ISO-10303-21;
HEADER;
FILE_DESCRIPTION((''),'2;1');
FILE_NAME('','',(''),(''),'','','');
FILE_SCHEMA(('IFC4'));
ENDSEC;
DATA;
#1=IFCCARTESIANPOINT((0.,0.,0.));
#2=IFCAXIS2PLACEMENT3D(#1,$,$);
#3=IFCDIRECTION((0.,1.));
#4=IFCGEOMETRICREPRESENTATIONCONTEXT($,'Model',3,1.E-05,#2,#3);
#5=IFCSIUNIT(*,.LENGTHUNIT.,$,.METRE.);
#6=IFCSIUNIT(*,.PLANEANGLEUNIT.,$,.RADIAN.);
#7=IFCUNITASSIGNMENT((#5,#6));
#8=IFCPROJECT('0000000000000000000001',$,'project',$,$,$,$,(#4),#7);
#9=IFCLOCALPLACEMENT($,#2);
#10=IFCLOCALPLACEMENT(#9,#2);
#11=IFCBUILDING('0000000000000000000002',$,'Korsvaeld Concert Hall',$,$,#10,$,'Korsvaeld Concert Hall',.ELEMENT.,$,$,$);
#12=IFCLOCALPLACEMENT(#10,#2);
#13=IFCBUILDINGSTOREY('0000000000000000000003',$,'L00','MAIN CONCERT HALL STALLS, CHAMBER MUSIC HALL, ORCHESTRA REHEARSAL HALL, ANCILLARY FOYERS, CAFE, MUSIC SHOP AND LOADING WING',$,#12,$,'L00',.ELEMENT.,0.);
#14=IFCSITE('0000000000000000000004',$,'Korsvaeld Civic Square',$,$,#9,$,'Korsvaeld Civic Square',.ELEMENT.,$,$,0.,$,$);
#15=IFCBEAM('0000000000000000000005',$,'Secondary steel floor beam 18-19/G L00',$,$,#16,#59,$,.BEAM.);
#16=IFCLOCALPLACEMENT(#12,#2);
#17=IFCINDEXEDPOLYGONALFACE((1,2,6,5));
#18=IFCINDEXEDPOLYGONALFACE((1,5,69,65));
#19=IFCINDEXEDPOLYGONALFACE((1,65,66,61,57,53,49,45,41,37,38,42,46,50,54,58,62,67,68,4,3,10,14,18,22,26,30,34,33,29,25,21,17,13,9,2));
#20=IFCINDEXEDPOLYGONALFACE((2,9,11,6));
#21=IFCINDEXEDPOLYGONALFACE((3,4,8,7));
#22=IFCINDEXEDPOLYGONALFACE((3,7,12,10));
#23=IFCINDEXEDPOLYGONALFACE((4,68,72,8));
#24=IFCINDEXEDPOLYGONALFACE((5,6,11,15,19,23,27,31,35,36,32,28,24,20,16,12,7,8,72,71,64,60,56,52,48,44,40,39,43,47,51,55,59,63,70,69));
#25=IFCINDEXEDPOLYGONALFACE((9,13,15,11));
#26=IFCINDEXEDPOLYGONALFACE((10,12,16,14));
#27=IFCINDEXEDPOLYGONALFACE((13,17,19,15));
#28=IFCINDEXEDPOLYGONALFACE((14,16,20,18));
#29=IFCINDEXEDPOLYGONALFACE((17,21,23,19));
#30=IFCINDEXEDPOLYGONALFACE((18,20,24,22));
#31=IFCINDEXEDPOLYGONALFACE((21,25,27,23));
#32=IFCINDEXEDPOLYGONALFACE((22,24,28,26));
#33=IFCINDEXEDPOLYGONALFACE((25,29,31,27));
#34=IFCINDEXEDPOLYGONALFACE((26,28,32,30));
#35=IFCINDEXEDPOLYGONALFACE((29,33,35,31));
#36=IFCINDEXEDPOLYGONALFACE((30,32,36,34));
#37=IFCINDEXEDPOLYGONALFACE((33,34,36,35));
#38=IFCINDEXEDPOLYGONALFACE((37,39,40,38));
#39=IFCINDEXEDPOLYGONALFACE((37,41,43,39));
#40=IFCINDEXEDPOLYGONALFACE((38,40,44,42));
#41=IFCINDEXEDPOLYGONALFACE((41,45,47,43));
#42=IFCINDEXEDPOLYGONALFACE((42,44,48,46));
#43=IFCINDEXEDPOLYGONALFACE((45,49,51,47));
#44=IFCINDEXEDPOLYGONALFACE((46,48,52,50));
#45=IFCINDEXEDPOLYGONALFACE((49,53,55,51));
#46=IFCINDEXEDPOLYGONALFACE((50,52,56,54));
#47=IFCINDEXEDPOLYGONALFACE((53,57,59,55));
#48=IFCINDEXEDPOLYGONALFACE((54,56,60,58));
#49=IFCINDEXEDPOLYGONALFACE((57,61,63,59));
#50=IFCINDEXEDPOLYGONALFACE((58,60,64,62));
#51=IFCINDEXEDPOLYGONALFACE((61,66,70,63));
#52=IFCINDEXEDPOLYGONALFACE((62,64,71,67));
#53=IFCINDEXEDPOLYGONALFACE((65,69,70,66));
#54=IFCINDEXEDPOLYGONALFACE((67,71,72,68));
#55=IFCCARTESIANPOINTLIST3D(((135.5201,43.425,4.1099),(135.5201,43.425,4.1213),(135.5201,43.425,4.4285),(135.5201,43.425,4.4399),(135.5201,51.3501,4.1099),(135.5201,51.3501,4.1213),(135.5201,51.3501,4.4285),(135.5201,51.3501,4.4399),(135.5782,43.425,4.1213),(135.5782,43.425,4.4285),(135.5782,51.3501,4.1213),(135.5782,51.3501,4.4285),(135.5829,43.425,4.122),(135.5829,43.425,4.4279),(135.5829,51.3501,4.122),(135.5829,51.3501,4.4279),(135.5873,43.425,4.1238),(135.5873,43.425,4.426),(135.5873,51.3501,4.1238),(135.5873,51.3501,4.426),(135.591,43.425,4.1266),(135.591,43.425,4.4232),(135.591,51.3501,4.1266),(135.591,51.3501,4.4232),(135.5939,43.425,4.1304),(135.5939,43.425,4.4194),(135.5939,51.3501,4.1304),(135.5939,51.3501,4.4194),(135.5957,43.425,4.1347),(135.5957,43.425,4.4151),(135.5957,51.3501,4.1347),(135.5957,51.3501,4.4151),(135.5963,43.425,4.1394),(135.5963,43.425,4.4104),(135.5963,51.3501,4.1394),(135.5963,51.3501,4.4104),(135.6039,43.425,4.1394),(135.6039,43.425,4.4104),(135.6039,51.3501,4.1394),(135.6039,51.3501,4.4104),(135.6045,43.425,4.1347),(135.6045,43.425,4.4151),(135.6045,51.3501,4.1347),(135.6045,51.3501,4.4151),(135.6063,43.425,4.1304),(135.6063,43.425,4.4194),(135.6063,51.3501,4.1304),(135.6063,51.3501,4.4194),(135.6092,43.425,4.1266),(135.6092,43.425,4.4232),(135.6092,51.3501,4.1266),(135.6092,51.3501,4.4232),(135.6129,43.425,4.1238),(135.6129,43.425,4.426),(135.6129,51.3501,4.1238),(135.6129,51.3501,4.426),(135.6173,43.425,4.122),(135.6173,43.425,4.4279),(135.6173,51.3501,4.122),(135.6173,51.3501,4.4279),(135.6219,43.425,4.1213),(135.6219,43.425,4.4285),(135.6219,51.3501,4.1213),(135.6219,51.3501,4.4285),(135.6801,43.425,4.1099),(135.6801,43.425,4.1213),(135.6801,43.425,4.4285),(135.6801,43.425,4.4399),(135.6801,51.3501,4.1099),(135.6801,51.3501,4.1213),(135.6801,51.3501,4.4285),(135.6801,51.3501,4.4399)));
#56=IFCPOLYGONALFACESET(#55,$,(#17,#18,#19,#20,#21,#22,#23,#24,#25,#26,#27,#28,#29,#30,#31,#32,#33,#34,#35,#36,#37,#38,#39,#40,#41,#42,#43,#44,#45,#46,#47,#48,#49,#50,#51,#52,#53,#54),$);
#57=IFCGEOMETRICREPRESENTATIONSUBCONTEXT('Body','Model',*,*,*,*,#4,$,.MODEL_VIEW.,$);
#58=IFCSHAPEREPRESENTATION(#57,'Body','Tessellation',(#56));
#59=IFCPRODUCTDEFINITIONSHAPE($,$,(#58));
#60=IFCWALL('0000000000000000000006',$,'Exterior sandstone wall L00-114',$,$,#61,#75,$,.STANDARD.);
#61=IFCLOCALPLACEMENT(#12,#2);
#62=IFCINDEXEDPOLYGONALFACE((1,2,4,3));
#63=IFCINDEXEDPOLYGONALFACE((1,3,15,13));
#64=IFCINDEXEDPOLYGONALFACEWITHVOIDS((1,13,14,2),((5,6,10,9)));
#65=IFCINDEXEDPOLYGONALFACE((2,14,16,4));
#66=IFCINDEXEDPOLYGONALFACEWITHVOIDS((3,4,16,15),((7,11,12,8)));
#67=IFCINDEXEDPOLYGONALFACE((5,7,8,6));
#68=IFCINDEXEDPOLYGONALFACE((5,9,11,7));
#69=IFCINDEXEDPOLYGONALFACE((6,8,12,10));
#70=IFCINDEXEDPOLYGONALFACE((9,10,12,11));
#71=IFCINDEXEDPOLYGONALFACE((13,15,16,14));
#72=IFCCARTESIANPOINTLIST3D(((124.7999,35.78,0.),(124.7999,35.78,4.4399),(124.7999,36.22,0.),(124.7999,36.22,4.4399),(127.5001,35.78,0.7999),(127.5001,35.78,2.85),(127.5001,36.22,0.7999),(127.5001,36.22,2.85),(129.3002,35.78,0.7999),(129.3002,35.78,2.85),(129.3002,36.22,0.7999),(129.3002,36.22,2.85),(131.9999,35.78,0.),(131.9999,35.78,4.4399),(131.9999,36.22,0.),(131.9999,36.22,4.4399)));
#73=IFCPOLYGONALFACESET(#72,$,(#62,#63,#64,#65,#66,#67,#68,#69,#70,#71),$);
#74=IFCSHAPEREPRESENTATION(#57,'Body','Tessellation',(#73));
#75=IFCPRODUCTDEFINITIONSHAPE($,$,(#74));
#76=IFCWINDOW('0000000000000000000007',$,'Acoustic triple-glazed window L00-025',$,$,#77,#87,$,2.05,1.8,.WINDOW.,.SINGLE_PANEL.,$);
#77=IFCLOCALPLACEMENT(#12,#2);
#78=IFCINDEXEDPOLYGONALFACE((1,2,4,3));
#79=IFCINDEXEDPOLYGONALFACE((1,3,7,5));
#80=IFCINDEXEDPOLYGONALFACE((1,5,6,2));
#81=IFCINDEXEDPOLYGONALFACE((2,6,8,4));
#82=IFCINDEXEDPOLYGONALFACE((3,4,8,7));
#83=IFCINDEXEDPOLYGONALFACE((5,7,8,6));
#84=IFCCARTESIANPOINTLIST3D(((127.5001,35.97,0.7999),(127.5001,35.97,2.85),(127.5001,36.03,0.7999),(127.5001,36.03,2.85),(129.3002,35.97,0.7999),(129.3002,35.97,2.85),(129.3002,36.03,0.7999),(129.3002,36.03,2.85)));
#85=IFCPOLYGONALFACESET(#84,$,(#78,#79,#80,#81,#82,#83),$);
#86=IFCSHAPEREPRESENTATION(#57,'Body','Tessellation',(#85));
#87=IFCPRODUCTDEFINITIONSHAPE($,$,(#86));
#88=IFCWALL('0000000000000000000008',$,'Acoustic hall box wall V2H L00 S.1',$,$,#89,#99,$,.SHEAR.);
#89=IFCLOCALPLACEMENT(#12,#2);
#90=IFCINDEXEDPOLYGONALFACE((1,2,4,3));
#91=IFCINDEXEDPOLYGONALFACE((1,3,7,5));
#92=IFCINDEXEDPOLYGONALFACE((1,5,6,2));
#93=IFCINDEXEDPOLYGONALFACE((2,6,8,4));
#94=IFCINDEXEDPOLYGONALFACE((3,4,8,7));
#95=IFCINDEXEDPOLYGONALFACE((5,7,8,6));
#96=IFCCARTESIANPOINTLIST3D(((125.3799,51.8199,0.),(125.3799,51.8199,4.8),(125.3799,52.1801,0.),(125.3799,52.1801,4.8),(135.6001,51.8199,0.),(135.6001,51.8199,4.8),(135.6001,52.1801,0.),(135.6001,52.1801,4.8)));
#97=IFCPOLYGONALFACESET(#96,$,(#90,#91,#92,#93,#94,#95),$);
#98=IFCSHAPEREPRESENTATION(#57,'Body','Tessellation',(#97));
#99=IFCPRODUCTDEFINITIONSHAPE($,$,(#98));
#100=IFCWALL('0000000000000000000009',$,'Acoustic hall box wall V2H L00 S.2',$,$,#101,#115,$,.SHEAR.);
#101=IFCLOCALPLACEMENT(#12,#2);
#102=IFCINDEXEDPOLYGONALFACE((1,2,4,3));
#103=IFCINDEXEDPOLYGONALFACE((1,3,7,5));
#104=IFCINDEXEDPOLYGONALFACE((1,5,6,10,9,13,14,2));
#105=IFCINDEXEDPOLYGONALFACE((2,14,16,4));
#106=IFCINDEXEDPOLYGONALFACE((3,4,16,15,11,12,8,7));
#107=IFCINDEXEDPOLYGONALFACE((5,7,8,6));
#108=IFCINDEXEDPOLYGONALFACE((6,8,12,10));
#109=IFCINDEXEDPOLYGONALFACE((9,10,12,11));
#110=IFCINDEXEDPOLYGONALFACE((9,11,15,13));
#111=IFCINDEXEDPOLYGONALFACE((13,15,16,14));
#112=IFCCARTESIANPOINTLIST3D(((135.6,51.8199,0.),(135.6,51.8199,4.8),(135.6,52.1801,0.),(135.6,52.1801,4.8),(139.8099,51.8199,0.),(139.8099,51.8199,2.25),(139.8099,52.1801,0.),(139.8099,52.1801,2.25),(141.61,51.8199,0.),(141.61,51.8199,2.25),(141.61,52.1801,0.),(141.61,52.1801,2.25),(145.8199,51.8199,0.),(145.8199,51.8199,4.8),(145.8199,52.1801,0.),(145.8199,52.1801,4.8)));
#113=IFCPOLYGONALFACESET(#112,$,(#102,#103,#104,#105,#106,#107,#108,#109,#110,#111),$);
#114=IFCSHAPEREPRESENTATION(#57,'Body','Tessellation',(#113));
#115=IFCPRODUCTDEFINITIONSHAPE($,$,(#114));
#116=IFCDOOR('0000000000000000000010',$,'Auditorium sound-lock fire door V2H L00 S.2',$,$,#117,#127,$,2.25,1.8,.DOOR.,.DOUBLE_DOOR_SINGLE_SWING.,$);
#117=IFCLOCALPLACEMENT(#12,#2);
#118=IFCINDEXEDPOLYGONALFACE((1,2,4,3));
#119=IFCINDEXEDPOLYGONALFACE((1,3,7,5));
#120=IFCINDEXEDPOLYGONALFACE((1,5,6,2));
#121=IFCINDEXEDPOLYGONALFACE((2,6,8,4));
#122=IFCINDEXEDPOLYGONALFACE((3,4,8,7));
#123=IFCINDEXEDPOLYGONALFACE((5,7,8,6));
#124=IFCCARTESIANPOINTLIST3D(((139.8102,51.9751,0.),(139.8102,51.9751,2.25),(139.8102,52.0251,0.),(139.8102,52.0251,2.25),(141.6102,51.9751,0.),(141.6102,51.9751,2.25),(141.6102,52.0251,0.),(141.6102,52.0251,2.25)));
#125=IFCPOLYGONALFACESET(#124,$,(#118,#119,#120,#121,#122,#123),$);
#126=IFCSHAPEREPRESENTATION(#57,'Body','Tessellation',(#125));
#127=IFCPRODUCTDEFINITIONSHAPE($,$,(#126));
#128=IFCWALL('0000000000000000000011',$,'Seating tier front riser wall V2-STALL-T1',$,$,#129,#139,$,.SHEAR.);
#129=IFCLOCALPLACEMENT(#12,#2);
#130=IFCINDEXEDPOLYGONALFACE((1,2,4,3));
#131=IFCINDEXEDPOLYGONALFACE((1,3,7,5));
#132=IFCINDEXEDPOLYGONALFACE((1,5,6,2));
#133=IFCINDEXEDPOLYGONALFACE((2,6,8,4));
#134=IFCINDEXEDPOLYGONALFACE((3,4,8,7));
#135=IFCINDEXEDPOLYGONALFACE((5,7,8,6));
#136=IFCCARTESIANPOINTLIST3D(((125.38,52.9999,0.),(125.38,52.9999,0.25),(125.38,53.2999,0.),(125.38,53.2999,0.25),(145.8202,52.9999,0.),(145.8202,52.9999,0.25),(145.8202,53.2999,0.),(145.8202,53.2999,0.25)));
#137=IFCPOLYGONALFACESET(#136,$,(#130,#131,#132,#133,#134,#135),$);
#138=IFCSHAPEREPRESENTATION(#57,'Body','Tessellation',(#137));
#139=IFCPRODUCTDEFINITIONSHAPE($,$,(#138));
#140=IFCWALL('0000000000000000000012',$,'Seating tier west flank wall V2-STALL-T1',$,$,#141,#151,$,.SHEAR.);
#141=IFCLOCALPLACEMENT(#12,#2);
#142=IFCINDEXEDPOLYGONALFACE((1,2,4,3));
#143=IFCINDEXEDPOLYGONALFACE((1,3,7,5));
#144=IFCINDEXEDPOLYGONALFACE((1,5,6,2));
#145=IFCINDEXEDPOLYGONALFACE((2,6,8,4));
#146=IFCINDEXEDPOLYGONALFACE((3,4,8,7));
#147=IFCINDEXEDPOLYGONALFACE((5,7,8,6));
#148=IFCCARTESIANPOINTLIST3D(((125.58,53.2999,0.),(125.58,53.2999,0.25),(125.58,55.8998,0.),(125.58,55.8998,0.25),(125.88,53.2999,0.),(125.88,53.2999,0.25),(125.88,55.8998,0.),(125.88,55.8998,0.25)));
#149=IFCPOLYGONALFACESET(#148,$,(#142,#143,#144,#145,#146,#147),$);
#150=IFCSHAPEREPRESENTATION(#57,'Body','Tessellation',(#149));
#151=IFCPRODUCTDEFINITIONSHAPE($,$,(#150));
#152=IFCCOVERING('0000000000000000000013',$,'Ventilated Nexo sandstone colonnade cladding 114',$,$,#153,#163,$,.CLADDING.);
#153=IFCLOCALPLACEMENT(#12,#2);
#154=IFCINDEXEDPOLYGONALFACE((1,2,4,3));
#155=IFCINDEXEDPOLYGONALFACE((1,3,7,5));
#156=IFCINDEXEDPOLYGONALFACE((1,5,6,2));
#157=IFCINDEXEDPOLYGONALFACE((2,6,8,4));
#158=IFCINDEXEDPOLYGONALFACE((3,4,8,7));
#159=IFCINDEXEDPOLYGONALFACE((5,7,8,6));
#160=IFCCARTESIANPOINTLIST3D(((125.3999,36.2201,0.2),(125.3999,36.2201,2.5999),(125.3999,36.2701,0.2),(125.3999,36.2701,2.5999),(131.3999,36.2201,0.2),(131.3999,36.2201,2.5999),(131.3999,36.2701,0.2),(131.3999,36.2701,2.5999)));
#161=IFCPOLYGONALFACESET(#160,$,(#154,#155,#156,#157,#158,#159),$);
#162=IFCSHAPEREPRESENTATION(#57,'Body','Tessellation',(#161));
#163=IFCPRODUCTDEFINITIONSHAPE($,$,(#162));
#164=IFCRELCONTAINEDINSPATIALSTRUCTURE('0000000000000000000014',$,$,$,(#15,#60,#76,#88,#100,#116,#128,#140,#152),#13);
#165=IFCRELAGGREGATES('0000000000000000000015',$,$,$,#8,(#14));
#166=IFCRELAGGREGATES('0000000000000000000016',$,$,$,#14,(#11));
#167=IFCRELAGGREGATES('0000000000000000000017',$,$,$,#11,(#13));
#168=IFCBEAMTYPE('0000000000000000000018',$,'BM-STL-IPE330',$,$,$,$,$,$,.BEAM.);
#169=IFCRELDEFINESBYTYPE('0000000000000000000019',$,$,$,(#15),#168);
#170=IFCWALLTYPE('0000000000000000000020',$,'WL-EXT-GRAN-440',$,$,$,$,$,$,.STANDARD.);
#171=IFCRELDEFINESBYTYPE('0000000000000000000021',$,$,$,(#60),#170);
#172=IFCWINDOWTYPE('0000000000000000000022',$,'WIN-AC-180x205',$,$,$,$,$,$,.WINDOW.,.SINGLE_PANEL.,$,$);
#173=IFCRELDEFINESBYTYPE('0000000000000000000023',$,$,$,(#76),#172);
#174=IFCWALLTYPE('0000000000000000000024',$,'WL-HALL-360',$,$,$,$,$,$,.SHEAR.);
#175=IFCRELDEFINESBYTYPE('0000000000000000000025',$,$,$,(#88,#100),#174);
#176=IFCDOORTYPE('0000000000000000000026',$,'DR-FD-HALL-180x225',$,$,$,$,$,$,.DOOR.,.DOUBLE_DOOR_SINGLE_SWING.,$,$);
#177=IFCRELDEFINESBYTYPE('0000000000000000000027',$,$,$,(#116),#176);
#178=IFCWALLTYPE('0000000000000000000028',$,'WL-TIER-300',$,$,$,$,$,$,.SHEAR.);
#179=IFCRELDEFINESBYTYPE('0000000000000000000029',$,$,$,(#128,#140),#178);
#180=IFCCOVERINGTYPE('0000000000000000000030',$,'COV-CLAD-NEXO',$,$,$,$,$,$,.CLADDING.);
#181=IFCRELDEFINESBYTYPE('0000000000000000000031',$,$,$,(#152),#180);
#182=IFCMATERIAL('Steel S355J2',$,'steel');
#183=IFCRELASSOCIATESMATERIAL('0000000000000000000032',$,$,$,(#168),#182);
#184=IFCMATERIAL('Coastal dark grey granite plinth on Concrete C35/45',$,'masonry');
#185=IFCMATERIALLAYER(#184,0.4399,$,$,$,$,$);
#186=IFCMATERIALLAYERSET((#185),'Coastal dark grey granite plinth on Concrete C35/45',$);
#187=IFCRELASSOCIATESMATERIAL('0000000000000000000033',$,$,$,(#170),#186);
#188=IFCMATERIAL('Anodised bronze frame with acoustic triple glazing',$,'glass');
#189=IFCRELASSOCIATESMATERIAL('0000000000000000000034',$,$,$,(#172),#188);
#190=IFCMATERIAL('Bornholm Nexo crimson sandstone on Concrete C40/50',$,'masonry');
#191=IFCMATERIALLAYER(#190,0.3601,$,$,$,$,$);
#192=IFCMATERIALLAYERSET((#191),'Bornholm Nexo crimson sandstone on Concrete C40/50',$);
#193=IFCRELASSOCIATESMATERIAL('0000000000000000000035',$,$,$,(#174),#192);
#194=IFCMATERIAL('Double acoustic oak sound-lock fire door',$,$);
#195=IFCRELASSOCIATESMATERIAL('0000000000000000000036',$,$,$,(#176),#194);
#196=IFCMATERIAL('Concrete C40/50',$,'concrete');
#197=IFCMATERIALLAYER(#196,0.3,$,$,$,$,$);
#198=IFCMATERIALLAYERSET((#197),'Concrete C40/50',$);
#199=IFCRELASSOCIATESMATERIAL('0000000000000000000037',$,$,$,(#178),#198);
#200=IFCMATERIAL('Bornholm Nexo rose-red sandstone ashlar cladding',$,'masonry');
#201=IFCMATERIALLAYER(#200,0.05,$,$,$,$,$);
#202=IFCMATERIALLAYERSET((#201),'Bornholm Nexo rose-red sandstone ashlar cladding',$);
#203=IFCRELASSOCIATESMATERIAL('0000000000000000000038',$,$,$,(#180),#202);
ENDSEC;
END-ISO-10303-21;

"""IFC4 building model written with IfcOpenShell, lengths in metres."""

from ifc_helpers import new_model, si_unit, direction, frame, frame_2d, origin, origin_2d, place, context, subcontext, project, spatial, rectangle, i_section, extrude, material, layer, layer_set, material_profile, profile_set, type_object, element, fill, save


model = new_model("IFC4")

# Units and contexts
model_context = context("Model", 3, precision=1e-05, world=origin(), true_north=direction((0.0, 1.0)))
body_context = subcontext(model_context, "Body", "Model", "MODEL_VIEW")
ifc_project = project(units=[si_unit("LENGTHUNIT", "METRE"), si_unit("PLANEANGLEUNIT", "RADIAN")], contexts=[model_context])

# Site, building, storey
site_placement = place(None, origin())
site = spatial("IfcSite", under=ifc_project, at=site_placement, Name="Korsvaeld Civic Square", LongName="Korsvaeld Civic Square", CompositionType="ELEMENT", RefElevation=0.0)
building_placement = place(site_placement, origin())
building = spatial("IfcBuilding", under=site, at=building_placement, Name="Korsvaeld Concert Hall", LongName="Korsvaeld Concert Hall", CompositionType="ELEMENT")
storey_placement = place(building_placement, origin())
storey = spatial("IfcBuildingStorey", under=building, at=storey_placement, Name="L00", Description="MAIN CONCERT HALL STALLS, CHAMBER MUSIC HALL, ORCHESTRA REHEARSAL HALL, ANCILLARY FOYERS, CAFE, MUSIC SHOP AND LOADING WING", LongName="L00", CompositionType="ELEMENT", Elevation=0.0)

# Shared definitions
ifc_material_1 = material(Name="Concrete C40/50", Category="concrete")

# Beam
ifc_material_2 = material(Name="Steel S355J2", Category="steel")
ifc_material_profile_1 = material_profile(ifc_material_2, i_section(OverallWidth=0.1599, OverallDepth=0.3301, WebThickness=0.0076, FlangeThickness=0.0115, FilletRadius=0.0181, at=origin_2d()), Name="IPE 330")
ifc_profile_set_1 = profile_set([ifc_material_profile_1], Name="Steel S355J2")
beam_type_1 = type_object("IfcBeamType", Name="BM-STL-IPE330", PredefinedType="BEAM", material=ifc_profile_set_1)
beam_1_placement = place(storey_placement, frame((135.6001, 43.425, 4.2749), z_axis=(0.0, 1.0, 0.0), x_axis=(-1.0, 0.0, 0.0)))
element("IfcBeam", 1, at=beam_1_placement, inside=storey, type_object=beam_type_1, Name="Secondary steel floor beam 18-19/G L00", PredefinedType="BEAM", context=body_context, shape_type="SweptSolid", body=[
    extrude(i_section(OverallWidth=0.1599, OverallDepth=0.3301, WebThickness=0.0076, FlangeThickness=0.0115, FilletRadius=0.0181, at=origin_2d()), origin(), (0.0, 0.0, 1.0), 7.925),
])

# Wall, opening, window
ifc_material_3 = material(Name="Coastal dark grey granite plinth on Concrete C35/45", Category="masonry")
ifc_layer_1 = layer(ifc_material_3, 0.4399)
ifc_layer_set_1 = layer_set([ifc_layer_1], Name="Coastal dark grey granite plinth on Concrete C35/45")
wall_type_1 = type_object("IfcWallType", Name="WL-EXT-GRAN-440", PredefinedType="STANDARD", material=ifc_layer_set_1)
wall_1_placement = place(storey_placement, frame((132.0, 36.0, 0.0), z_axis=(0.0, 0.0, 1.0), x_axis=(-1.0, 0.0, 0.0)))
wall_1 = element("IfcWall", 2, at=wall_1_placement, inside=storey, type_object=wall_type_1, Name="Exterior sandstone wall L00-114", PredefinedType="STANDARD", context=body_context, shape_type="SweptSolid", body=[
    extrude(rectangle(XDim=7.2, YDim=0.4399, at=frame_2d((3.6001, 0.0))), origin(), (0.0, 0.0, 1.0), 4.4399),
])
opening_1_placement = place(wall_1_placement, frame((2.7, 0.0, 0.8)))
opening_1 = element("IfcOpeningElement", 3, at=opening_1_placement, cuts=wall_1, PredefinedType="OPENING", context=body_context, shape_type="SweptSolid", body=[
    extrude(rectangle(XDim=1.8, YDim=2.05, at=frame_2d((0.8999, 1.0249))), frame((0.0, 0.23, 0.0), z_axis=(0.0, -1.0, 0.0), x_axis=(1.0, 0.0, 0.0)), (0.0, 0.0, 1.0), 0.46),
])
ifc_material_4 = material(Name="Anodised bronze frame with acoustic triple glazing", Category="glass")
window_type = type_object("IfcWindowType", Name="WIN-AC-180x205", PartitioningType="SINGLE_PANEL", PredefinedType="WINDOW", material=ifc_material_4)
window_placement = place(opening_1_placement, origin())
window = element("IfcWindow", 4, at=window_placement, inside=storey, type_object=window_type, Name="Acoustic triple-glazed window L00-025", OverallHeight=2.05, OverallWidth=1.8, PartitioningType="SINGLE_PANEL", PredefinedType="WINDOW", context=body_context, shape_type="SweptSolid", body=[
    extrude(rectangle(XDim=1.8, YDim=2.05, at=frame_2d((0.8999, 1.0249))), frame((0.0, 0.03, 0.0), z_axis=(0.0, -1.0, 0.0), x_axis=(1.0, 0.0, 0.0)), (0.0, 0.0, 1.0), 0.0601),
])
fill(opening_1, window)

# Wall
ifc_material_5 = material(Name="Bornholm Nexo crimson sandstone on Concrete C40/50", Category="masonry")
ifc_layer_2 = layer(ifc_material_5, 0.3601)
ifc_layer_set_2 = layer_set([ifc_layer_2], Name="Bornholm Nexo crimson sandstone on Concrete C40/50")
wall_type_2 = type_object("IfcWallType", Name="WL-HALL-360", PredefinedType="SHEAR", material=ifc_layer_set_2)
wall_2_placement = place(storey_placement, frame((125.3799, 52.0, 0.0), z_axis=(0.0, 0.0, 1.0), x_axis=(1.0, 0.0, 0.0)))
element("IfcWall", 5, at=wall_2_placement, inside=storey, type_object=wall_type_2, Name="Acoustic hall box wall V2H L00 S.1", PredefinedType="SHEAR", context=body_context, shape_type="SweptSolid", body=[
    extrude(rectangle(XDim=10.2202, YDim=0.3601, at=frame_2d((5.1101, 0.0))), origin(), (0.0, 0.0, 1.0), 4.8),
])

# Wall, opening, door
wall_3_placement = place(storey_placement, frame((135.6001, 52.0, 0.0), z_axis=(0.0, 0.0, 1.0), x_axis=(1.0, 0.0, 0.0)))
wall_3 = element("IfcWall", 6, at=wall_3_placement, inside=storey, type_object=wall_type_2, Name="Acoustic hall box wall V2H L00 S.2", PredefinedType="SHEAR", context=body_context, shape_type="SweptSolid", body=[
    extrude(rectangle(XDim=10.22, YDim=0.3601, at=frame_2d((5.1099, 0.0))), origin(), (0.0, 0.0, 1.0), 4.8),
])
opening_2_placement = place(wall_3_placement, frame((4.21, 0.0, 0.0)))
opening_2 = element("IfcOpeningElement", 7, at=opening_2_placement, cuts=wall_3, PredefinedType="OPENING", context=body_context, shape_type="SweptSolid", body=[
    extrude(rectangle(XDim=1.8, YDim=2.25, at=frame_2d((0.8999, 1.125))), frame((0.0, 0.1899, 0.0), z_axis=(0.0, -1.0, 0.0), x_axis=(1.0, 0.0, 0.0)), (0.0, 0.0, 1.0), 0.3801),
])
ifc_material_6 = material(Name="Double acoustic oak sound-lock fire door")
door_type = type_object("IfcDoorType", Name="DR-FD-HALL-180x225", OperationType="DOUBLE_DOOR_SINGLE_SWING", PredefinedType="DOOR", material=ifc_material_6)
door_placement = place(opening_2_placement, frame((1.8, 0.0, 0.0), z_axis=(0.0, 0.0, 1.0), x_axis=(-1.0, 0.0, 0.0)))
door = element("IfcDoor", 8, at=door_placement, inside=storey, type_object=door_type, Name="Auditorium sound-lock fire door V2H L00 S.2", OperationType="DOUBLE_DOOR_SINGLE_SWING", OverallHeight=2.25, OverallWidth=1.8, PredefinedType="DOOR", context=body_context, shape_type="SweptSolid", body=[
    extrude(rectangle(XDim=1.8, YDim=2.25, at=frame_2d((0.8999, 1.125))), frame((0.0, 0.0249, 0.0), z_axis=(0.0, -1.0, 0.0), x_axis=(1.0, 0.0, 0.0)), (0.0, 0.0, 1.0), 0.05),
])
fill(opening_2, door)

# Walls
ifc_layer_3 = layer(ifc_material_1, 0.3)
ifc_layer_set_3 = layer_set([ifc_layer_3], Name="Concrete C40/50")
wall_type_3 = type_object("IfcWallType", Name="WL-TIER-300", PredefinedType="SHEAR", material=ifc_layer_set_3)
wall_4_placement = place(storey_placement, frame((125.3799, 53.1499, 0.0), z_axis=(0.0, 0.0, 1.0), x_axis=(1.0, 0.0, 0.0)))
element("IfcWall", 9, at=wall_4_placement, inside=storey, type_object=wall_type_3, Name="Seating tier front riser wall V2-STALL-T1", PredefinedType="SHEAR", context=body_context, shape_type="SweptSolid", body=[
    extrude(rectangle(XDim=20.4402, YDim=0.3, at=frame_2d((10.2202, 0.0))), origin(), (0.0, 0.0, 1.0), 0.25),
])
wall_5_placement = place(storey_placement, frame((125.73, 53.3, 0.0), z_axis=(0.0, 0.0, 1.0), x_axis=(0.0, 1.0, 0.0)))
element("IfcWall", 10, at=wall_5_placement, inside=storey, type_object=wall_type_3, Name="Seating tier west flank wall V2-STALL-T1", PredefinedType="SHEAR", context=body_context, shape_type="SweptSolid", body=[
    extrude(rectangle(XDim=2.5999, YDim=0.3, at=frame_2d((1.2998, 0.0))), origin(), (0.0, 0.0, 1.0), 0.25),
])

# Covering
ifc_material_7 = material(Name="Bornholm Nexo rose-red sandstone ashlar cladding", Category="masonry")
ifc_layer_4 = layer(ifc_material_7, 0.05)
ifc_layer_set_4 = layer_set([ifc_layer_4], Name="Bornholm Nexo rose-red sandstone ashlar cladding")
covering_type = type_object("IfcCoveringType", Name="COV-CLAD-NEXO", PredefinedType="CLADDING", material=ifc_layer_set_4)
covering_placement = place(storey_placement, frame((128.3999, 36.2451, 0.2), z_axis=(0.0, 0.0, 1.0), x_axis=(-1.0, 0.0, 0.0)))
element("IfcCovering", 11, at=covering_placement, inside=storey, type_object=covering_type, Name="Ventilated Nexo sandstone colonnade cladding 114", PredefinedType="CLADDING", context=body_context, shape_type="SweptSolid", body=[
    extrude(rectangle(XDim=6.0, YDim=0.05, at=origin_2d()), origin(), (0.0, 0.0, 1.0), 2.3999),
])

save(model, "model.ifc")
